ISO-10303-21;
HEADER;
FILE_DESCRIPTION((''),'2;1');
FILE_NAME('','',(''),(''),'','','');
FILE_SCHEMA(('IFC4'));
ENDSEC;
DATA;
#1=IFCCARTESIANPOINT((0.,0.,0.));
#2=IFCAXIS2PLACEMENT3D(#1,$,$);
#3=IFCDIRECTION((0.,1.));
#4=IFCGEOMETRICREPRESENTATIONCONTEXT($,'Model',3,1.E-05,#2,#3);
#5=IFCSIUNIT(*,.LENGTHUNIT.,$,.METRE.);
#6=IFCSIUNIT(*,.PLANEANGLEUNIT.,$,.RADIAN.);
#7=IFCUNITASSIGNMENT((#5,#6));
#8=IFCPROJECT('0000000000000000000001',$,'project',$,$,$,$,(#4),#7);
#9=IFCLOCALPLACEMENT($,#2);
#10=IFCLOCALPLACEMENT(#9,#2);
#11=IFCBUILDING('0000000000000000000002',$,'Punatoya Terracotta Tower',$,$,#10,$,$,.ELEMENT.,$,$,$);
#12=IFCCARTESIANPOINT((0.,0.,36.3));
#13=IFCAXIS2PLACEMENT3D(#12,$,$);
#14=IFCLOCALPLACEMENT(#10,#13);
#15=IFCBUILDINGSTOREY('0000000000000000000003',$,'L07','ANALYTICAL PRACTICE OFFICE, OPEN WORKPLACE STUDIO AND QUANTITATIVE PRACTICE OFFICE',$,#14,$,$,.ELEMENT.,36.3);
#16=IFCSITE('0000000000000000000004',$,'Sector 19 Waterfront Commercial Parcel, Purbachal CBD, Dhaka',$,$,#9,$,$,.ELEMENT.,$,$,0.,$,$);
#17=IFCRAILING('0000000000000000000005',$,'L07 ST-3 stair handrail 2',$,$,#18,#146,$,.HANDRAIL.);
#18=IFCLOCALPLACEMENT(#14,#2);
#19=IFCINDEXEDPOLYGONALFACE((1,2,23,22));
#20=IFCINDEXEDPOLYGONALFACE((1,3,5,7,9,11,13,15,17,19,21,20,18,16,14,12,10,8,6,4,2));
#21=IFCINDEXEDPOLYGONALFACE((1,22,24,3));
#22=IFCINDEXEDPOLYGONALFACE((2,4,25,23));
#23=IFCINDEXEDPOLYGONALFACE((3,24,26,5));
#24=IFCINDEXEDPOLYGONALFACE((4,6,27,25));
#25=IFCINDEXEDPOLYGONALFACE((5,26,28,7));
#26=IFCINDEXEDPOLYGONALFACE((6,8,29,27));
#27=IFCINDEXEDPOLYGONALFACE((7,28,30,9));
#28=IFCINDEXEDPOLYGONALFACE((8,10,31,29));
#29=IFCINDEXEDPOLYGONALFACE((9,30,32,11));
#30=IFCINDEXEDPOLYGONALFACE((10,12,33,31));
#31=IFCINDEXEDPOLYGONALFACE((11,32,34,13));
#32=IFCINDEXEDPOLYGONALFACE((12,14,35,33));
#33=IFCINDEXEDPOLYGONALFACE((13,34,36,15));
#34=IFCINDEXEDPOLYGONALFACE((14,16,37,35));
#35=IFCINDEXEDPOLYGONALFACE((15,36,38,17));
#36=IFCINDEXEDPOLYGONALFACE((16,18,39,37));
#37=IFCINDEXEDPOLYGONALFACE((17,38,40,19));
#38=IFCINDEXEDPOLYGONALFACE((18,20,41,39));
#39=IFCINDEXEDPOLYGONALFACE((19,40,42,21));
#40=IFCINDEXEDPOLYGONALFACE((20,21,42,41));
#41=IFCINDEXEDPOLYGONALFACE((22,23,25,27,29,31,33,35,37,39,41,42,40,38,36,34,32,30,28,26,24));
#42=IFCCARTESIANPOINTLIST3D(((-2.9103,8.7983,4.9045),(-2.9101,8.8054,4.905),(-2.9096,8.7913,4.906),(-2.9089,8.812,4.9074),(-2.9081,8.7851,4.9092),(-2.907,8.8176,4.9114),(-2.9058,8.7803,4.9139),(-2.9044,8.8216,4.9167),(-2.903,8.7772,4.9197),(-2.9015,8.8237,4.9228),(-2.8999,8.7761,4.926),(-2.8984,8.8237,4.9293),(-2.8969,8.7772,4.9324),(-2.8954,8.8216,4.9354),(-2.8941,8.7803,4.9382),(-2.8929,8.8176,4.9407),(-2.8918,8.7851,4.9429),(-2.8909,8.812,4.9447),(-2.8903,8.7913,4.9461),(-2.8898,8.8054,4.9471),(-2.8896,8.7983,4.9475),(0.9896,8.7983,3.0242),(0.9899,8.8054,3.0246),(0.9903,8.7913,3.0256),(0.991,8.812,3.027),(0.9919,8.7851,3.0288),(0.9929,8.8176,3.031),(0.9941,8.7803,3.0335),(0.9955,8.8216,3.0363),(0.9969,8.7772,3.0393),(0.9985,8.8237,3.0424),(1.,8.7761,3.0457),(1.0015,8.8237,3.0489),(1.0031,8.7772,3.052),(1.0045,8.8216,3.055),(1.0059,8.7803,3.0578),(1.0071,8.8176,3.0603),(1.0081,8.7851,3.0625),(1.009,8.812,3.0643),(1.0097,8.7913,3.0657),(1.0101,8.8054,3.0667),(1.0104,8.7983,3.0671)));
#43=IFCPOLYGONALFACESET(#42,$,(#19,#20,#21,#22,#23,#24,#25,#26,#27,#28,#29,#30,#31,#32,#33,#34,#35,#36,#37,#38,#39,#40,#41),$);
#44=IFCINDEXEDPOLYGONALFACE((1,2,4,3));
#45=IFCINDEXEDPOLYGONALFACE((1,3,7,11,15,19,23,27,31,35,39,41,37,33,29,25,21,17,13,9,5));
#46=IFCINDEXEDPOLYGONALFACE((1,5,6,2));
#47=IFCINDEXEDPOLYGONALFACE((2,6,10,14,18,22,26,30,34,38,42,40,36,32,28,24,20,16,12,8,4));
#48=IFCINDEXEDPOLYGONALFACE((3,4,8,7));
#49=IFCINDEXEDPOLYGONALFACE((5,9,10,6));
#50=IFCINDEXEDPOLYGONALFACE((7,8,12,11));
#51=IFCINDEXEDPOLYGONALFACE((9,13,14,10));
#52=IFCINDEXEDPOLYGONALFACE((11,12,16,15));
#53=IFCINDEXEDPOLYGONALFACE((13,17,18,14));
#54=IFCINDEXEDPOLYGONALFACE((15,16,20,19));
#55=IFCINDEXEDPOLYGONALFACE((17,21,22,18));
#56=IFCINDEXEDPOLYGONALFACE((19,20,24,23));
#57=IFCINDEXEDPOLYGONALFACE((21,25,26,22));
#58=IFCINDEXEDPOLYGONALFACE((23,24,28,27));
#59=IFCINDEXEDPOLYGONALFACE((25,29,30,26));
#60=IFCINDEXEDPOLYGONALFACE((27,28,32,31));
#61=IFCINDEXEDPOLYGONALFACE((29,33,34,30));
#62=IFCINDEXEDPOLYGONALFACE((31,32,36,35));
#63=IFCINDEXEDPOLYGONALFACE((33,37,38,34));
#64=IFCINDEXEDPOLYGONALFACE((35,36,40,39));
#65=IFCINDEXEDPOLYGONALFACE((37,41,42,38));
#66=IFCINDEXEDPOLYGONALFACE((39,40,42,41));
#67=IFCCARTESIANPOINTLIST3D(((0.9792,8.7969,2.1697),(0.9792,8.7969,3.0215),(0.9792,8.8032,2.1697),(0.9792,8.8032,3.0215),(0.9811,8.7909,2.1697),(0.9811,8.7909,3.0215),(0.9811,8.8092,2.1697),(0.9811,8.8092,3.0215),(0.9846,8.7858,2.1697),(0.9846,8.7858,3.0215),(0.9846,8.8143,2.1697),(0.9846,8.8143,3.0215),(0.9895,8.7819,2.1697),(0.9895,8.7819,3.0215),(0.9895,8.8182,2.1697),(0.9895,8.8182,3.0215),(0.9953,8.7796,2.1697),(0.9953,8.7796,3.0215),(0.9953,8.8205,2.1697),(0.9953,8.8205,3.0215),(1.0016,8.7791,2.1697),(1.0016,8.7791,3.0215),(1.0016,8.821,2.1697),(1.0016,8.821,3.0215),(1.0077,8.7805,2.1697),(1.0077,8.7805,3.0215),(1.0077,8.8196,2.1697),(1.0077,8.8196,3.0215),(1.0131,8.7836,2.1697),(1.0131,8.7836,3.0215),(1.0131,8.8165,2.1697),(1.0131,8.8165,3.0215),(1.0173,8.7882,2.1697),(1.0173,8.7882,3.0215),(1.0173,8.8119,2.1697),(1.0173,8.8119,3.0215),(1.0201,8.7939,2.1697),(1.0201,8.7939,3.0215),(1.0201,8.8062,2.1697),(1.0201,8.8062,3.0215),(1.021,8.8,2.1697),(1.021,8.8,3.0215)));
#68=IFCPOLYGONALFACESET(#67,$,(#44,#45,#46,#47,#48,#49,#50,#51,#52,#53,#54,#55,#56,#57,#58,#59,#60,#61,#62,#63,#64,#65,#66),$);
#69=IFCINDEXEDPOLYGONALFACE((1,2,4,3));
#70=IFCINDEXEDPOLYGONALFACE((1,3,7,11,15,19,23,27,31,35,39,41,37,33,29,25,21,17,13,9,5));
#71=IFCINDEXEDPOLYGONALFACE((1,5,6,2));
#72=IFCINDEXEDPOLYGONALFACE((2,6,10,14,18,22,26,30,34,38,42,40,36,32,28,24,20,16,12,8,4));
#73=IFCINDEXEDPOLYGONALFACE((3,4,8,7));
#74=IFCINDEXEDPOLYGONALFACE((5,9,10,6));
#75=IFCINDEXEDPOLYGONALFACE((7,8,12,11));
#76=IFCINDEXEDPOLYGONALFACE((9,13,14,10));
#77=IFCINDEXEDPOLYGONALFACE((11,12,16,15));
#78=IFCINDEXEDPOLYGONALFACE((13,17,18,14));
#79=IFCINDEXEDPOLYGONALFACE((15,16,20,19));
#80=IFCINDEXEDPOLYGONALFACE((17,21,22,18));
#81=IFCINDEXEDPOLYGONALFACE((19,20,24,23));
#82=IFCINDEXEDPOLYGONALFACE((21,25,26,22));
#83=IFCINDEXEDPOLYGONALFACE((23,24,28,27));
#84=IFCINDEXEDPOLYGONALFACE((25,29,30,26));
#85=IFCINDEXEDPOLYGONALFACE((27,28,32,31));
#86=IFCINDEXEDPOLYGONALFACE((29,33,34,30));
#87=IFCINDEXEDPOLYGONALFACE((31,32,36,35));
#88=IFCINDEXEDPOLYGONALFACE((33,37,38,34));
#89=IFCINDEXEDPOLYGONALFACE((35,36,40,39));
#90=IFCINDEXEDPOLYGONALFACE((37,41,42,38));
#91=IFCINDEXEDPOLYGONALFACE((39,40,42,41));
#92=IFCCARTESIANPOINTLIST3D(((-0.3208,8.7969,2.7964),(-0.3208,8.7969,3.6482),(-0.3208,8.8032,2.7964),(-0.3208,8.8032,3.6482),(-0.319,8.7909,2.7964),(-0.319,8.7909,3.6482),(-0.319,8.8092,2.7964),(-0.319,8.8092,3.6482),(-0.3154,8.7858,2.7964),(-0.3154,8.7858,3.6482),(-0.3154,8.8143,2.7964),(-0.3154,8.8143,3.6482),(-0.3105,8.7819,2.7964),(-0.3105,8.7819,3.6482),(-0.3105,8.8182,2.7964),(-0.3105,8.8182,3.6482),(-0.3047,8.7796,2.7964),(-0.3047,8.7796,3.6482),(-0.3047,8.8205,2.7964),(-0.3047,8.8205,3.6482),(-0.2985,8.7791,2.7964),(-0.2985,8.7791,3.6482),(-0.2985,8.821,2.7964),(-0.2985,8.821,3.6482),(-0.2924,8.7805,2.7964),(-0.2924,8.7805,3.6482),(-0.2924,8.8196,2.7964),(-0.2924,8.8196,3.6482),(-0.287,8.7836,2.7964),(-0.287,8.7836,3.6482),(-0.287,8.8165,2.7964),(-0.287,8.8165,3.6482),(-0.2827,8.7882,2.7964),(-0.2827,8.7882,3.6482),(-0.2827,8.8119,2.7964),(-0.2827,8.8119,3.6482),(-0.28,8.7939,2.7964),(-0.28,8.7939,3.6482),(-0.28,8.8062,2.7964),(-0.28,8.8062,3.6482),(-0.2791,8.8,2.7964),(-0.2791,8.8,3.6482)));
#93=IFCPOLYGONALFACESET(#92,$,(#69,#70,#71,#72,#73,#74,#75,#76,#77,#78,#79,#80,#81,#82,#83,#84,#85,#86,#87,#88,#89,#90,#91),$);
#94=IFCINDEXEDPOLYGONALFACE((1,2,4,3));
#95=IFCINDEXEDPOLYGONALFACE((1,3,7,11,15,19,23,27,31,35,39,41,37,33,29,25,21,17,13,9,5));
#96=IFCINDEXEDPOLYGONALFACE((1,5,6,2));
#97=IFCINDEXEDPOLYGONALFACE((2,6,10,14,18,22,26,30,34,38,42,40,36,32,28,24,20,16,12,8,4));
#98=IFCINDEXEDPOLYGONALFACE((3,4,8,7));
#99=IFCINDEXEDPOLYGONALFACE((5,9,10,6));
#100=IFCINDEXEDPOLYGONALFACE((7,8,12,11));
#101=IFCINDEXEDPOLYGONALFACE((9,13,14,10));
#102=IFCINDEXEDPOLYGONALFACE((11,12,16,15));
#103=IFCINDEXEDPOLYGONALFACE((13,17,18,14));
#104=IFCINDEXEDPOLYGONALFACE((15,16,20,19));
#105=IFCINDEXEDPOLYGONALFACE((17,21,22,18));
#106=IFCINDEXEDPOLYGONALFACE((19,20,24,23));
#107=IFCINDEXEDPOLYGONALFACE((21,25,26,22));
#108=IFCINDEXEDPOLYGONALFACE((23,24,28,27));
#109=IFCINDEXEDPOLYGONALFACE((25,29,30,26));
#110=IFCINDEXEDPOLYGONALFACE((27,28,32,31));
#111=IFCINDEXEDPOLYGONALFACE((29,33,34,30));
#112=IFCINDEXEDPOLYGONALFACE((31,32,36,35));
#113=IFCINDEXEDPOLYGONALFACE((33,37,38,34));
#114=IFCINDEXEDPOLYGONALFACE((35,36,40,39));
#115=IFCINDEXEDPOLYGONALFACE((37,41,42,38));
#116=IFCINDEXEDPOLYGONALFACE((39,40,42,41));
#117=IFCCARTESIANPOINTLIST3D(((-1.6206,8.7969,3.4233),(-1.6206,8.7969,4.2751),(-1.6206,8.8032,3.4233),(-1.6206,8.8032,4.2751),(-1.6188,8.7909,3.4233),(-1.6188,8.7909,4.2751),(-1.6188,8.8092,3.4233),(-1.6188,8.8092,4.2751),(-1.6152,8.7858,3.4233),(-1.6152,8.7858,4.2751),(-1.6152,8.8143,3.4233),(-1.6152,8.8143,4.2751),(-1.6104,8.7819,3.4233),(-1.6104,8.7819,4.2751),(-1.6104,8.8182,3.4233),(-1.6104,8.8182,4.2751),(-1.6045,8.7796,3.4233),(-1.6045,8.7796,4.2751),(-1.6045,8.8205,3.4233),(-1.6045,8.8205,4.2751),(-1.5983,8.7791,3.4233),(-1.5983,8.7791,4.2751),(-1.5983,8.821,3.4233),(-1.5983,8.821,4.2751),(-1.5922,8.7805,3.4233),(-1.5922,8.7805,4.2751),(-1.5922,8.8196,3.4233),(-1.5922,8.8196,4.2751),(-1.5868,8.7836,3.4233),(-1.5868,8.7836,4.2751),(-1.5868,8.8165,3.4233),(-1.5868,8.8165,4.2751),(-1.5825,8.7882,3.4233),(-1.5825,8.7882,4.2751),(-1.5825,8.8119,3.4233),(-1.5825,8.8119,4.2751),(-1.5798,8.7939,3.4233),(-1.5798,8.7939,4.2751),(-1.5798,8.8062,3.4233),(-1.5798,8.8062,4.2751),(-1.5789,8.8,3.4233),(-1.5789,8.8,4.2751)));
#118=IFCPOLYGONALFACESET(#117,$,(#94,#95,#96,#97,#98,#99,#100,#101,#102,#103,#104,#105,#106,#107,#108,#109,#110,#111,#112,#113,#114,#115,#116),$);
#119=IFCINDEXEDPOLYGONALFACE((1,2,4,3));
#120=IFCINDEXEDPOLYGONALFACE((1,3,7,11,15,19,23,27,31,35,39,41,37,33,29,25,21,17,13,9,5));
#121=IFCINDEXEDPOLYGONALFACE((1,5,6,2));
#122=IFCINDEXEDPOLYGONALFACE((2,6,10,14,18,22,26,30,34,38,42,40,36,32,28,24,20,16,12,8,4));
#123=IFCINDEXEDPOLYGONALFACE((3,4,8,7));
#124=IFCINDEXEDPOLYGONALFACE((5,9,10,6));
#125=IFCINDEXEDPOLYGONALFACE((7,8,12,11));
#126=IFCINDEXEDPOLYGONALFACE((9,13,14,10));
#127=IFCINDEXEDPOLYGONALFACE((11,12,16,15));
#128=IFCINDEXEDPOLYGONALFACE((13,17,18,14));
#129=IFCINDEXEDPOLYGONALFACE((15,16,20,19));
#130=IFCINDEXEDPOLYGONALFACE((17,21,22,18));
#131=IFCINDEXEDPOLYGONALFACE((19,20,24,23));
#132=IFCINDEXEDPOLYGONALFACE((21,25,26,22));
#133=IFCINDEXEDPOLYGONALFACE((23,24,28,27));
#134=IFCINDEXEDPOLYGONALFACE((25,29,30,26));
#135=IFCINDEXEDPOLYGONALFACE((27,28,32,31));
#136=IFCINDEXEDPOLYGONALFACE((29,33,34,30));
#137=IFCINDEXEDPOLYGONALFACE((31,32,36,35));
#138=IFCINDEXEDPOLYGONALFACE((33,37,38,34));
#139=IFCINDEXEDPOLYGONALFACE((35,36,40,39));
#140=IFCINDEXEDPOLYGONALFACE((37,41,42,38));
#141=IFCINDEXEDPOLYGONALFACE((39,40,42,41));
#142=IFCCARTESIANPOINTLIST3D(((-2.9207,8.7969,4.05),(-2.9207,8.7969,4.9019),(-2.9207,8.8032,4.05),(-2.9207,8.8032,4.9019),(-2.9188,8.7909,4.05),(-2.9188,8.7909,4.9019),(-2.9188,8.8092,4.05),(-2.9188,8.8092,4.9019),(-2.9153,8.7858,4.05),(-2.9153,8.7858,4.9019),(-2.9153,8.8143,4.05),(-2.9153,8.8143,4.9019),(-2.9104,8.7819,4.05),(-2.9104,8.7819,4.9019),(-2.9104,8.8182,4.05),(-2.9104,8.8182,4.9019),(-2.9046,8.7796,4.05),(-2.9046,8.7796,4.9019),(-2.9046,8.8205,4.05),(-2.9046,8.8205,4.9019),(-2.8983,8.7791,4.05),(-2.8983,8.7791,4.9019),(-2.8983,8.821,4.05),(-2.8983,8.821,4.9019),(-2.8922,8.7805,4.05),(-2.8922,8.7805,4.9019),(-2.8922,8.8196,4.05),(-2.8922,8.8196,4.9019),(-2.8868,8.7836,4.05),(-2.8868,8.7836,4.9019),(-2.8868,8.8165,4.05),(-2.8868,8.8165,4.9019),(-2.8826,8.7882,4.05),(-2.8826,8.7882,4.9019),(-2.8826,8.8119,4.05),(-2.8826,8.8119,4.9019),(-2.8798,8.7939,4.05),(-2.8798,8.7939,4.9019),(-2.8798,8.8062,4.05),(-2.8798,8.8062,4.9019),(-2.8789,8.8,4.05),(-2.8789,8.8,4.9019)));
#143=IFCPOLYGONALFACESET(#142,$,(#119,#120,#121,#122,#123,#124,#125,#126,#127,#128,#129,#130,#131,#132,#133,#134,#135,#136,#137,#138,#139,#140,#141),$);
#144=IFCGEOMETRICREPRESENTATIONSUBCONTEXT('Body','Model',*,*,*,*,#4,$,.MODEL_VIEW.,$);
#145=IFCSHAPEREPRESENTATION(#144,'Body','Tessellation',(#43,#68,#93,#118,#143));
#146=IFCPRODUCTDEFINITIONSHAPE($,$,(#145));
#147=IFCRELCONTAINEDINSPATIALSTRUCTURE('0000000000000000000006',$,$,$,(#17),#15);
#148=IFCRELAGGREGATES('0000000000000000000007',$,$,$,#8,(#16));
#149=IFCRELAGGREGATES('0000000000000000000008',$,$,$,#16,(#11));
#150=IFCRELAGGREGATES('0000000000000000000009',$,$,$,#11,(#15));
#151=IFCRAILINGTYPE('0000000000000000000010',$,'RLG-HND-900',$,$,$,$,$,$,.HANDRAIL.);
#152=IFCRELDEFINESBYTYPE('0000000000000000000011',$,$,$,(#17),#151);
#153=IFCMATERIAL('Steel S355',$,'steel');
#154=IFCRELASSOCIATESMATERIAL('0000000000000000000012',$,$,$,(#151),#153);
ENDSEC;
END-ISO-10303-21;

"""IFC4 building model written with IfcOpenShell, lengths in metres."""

from ifc_helpers import new_model, si_unit, direction, frame, origin, origin_2d, place, context, subcontext, project, spatial, circle, extrude, material, type_object, element, save


model = new_model("IFC4")

# Units and contexts
model_context = context("Model", 3, precision=1e-05, world=origin(), true_north=direction((0.0, 1.0)))
body_context = subcontext(model_context, "Body", "Model", "MODEL_VIEW")
ifc_project = project(units=[si_unit("LENGTHUNIT", "METRE"), si_unit("PLANEANGLEUNIT", "RADIAN")], contexts=[model_context])

# Site, building, storey
site_placement = place(None, origin())
site = spatial("IfcSite", under=ifc_project, at=site_placement, Name="Sector 19 Waterfront Commercial Parcel, Purbachal CBD, Dhaka", CompositionType="ELEMENT", RefElevation=0.0)
building_placement = place(site_placement, origin())
building = spatial("IfcBuilding", under=site, at=building_placement, Name="Punatoya Terracotta Tower", CompositionType="ELEMENT")
storey_placement = place(building_placement, frame((0.0, 0.0, 36.3)))
storey = spatial("IfcBuildingStorey", under=building, at=storey_placement, Name="L07", Description="ANALYTICAL PRACTICE OFFICE, OPEN WORKPLACE STUDIO AND QUANTITATIVE PRACTICE OFFICE", CompositionType="ELEMENT", Elevation=36.3)

# Shared definitions
ifc_material_1 = material(Name="Steel S355", Category="steel")

# Railing
railing_type_1 = type_object("IfcRailingType", Name="RLG-HND-900", PredefinedType="HANDRAIL", material=ifc_material_1)
railing_1_placement = place(storey_placement, frame((1.0, 8.8, 2.1697)))
element("IfcRailing", 1, at=railing_1_placement, inside=storey, type_object=railing_type_1, Name="L07 ST-3 stair handrail 2", PredefinedType="HANDRAIL", context=body_context, shape_type="SweptSolid", body=[
    extrude(circle(Radius=0.0239, at=origin_2d()), frame((0.0, 0.0, 0.876), z_axis=(-0.900763, 0.0, 0.434311), x_axis=(0.0, -1.0, 0.0)), (0.0, 0.0, 1.0), 4.3296),
    extrude(circle(Radius=0.021, at=origin_2d()), origin(), (0.0, 0.0, 1.0), 0.8518),
    extrude(circle(Radius=0.021, at=origin_2d()), frame((-1.3, 0.0, 0.6267)), (0.0, 0.0, 1.0), 0.8518),
    extrude(circle(Radius=0.021, at=origin_2d()), frame((-2.5999, 0.0, 1.2537)), (0.0, 0.0, 1.0), 0.8518),
    extrude(circle(Radius=0.021, at=origin_2d()), frame((-3.8999, 0.0, 1.8804)), (0.0, 0.0, 1.0), 0.8518),
])

save(model, "model.ifc")
